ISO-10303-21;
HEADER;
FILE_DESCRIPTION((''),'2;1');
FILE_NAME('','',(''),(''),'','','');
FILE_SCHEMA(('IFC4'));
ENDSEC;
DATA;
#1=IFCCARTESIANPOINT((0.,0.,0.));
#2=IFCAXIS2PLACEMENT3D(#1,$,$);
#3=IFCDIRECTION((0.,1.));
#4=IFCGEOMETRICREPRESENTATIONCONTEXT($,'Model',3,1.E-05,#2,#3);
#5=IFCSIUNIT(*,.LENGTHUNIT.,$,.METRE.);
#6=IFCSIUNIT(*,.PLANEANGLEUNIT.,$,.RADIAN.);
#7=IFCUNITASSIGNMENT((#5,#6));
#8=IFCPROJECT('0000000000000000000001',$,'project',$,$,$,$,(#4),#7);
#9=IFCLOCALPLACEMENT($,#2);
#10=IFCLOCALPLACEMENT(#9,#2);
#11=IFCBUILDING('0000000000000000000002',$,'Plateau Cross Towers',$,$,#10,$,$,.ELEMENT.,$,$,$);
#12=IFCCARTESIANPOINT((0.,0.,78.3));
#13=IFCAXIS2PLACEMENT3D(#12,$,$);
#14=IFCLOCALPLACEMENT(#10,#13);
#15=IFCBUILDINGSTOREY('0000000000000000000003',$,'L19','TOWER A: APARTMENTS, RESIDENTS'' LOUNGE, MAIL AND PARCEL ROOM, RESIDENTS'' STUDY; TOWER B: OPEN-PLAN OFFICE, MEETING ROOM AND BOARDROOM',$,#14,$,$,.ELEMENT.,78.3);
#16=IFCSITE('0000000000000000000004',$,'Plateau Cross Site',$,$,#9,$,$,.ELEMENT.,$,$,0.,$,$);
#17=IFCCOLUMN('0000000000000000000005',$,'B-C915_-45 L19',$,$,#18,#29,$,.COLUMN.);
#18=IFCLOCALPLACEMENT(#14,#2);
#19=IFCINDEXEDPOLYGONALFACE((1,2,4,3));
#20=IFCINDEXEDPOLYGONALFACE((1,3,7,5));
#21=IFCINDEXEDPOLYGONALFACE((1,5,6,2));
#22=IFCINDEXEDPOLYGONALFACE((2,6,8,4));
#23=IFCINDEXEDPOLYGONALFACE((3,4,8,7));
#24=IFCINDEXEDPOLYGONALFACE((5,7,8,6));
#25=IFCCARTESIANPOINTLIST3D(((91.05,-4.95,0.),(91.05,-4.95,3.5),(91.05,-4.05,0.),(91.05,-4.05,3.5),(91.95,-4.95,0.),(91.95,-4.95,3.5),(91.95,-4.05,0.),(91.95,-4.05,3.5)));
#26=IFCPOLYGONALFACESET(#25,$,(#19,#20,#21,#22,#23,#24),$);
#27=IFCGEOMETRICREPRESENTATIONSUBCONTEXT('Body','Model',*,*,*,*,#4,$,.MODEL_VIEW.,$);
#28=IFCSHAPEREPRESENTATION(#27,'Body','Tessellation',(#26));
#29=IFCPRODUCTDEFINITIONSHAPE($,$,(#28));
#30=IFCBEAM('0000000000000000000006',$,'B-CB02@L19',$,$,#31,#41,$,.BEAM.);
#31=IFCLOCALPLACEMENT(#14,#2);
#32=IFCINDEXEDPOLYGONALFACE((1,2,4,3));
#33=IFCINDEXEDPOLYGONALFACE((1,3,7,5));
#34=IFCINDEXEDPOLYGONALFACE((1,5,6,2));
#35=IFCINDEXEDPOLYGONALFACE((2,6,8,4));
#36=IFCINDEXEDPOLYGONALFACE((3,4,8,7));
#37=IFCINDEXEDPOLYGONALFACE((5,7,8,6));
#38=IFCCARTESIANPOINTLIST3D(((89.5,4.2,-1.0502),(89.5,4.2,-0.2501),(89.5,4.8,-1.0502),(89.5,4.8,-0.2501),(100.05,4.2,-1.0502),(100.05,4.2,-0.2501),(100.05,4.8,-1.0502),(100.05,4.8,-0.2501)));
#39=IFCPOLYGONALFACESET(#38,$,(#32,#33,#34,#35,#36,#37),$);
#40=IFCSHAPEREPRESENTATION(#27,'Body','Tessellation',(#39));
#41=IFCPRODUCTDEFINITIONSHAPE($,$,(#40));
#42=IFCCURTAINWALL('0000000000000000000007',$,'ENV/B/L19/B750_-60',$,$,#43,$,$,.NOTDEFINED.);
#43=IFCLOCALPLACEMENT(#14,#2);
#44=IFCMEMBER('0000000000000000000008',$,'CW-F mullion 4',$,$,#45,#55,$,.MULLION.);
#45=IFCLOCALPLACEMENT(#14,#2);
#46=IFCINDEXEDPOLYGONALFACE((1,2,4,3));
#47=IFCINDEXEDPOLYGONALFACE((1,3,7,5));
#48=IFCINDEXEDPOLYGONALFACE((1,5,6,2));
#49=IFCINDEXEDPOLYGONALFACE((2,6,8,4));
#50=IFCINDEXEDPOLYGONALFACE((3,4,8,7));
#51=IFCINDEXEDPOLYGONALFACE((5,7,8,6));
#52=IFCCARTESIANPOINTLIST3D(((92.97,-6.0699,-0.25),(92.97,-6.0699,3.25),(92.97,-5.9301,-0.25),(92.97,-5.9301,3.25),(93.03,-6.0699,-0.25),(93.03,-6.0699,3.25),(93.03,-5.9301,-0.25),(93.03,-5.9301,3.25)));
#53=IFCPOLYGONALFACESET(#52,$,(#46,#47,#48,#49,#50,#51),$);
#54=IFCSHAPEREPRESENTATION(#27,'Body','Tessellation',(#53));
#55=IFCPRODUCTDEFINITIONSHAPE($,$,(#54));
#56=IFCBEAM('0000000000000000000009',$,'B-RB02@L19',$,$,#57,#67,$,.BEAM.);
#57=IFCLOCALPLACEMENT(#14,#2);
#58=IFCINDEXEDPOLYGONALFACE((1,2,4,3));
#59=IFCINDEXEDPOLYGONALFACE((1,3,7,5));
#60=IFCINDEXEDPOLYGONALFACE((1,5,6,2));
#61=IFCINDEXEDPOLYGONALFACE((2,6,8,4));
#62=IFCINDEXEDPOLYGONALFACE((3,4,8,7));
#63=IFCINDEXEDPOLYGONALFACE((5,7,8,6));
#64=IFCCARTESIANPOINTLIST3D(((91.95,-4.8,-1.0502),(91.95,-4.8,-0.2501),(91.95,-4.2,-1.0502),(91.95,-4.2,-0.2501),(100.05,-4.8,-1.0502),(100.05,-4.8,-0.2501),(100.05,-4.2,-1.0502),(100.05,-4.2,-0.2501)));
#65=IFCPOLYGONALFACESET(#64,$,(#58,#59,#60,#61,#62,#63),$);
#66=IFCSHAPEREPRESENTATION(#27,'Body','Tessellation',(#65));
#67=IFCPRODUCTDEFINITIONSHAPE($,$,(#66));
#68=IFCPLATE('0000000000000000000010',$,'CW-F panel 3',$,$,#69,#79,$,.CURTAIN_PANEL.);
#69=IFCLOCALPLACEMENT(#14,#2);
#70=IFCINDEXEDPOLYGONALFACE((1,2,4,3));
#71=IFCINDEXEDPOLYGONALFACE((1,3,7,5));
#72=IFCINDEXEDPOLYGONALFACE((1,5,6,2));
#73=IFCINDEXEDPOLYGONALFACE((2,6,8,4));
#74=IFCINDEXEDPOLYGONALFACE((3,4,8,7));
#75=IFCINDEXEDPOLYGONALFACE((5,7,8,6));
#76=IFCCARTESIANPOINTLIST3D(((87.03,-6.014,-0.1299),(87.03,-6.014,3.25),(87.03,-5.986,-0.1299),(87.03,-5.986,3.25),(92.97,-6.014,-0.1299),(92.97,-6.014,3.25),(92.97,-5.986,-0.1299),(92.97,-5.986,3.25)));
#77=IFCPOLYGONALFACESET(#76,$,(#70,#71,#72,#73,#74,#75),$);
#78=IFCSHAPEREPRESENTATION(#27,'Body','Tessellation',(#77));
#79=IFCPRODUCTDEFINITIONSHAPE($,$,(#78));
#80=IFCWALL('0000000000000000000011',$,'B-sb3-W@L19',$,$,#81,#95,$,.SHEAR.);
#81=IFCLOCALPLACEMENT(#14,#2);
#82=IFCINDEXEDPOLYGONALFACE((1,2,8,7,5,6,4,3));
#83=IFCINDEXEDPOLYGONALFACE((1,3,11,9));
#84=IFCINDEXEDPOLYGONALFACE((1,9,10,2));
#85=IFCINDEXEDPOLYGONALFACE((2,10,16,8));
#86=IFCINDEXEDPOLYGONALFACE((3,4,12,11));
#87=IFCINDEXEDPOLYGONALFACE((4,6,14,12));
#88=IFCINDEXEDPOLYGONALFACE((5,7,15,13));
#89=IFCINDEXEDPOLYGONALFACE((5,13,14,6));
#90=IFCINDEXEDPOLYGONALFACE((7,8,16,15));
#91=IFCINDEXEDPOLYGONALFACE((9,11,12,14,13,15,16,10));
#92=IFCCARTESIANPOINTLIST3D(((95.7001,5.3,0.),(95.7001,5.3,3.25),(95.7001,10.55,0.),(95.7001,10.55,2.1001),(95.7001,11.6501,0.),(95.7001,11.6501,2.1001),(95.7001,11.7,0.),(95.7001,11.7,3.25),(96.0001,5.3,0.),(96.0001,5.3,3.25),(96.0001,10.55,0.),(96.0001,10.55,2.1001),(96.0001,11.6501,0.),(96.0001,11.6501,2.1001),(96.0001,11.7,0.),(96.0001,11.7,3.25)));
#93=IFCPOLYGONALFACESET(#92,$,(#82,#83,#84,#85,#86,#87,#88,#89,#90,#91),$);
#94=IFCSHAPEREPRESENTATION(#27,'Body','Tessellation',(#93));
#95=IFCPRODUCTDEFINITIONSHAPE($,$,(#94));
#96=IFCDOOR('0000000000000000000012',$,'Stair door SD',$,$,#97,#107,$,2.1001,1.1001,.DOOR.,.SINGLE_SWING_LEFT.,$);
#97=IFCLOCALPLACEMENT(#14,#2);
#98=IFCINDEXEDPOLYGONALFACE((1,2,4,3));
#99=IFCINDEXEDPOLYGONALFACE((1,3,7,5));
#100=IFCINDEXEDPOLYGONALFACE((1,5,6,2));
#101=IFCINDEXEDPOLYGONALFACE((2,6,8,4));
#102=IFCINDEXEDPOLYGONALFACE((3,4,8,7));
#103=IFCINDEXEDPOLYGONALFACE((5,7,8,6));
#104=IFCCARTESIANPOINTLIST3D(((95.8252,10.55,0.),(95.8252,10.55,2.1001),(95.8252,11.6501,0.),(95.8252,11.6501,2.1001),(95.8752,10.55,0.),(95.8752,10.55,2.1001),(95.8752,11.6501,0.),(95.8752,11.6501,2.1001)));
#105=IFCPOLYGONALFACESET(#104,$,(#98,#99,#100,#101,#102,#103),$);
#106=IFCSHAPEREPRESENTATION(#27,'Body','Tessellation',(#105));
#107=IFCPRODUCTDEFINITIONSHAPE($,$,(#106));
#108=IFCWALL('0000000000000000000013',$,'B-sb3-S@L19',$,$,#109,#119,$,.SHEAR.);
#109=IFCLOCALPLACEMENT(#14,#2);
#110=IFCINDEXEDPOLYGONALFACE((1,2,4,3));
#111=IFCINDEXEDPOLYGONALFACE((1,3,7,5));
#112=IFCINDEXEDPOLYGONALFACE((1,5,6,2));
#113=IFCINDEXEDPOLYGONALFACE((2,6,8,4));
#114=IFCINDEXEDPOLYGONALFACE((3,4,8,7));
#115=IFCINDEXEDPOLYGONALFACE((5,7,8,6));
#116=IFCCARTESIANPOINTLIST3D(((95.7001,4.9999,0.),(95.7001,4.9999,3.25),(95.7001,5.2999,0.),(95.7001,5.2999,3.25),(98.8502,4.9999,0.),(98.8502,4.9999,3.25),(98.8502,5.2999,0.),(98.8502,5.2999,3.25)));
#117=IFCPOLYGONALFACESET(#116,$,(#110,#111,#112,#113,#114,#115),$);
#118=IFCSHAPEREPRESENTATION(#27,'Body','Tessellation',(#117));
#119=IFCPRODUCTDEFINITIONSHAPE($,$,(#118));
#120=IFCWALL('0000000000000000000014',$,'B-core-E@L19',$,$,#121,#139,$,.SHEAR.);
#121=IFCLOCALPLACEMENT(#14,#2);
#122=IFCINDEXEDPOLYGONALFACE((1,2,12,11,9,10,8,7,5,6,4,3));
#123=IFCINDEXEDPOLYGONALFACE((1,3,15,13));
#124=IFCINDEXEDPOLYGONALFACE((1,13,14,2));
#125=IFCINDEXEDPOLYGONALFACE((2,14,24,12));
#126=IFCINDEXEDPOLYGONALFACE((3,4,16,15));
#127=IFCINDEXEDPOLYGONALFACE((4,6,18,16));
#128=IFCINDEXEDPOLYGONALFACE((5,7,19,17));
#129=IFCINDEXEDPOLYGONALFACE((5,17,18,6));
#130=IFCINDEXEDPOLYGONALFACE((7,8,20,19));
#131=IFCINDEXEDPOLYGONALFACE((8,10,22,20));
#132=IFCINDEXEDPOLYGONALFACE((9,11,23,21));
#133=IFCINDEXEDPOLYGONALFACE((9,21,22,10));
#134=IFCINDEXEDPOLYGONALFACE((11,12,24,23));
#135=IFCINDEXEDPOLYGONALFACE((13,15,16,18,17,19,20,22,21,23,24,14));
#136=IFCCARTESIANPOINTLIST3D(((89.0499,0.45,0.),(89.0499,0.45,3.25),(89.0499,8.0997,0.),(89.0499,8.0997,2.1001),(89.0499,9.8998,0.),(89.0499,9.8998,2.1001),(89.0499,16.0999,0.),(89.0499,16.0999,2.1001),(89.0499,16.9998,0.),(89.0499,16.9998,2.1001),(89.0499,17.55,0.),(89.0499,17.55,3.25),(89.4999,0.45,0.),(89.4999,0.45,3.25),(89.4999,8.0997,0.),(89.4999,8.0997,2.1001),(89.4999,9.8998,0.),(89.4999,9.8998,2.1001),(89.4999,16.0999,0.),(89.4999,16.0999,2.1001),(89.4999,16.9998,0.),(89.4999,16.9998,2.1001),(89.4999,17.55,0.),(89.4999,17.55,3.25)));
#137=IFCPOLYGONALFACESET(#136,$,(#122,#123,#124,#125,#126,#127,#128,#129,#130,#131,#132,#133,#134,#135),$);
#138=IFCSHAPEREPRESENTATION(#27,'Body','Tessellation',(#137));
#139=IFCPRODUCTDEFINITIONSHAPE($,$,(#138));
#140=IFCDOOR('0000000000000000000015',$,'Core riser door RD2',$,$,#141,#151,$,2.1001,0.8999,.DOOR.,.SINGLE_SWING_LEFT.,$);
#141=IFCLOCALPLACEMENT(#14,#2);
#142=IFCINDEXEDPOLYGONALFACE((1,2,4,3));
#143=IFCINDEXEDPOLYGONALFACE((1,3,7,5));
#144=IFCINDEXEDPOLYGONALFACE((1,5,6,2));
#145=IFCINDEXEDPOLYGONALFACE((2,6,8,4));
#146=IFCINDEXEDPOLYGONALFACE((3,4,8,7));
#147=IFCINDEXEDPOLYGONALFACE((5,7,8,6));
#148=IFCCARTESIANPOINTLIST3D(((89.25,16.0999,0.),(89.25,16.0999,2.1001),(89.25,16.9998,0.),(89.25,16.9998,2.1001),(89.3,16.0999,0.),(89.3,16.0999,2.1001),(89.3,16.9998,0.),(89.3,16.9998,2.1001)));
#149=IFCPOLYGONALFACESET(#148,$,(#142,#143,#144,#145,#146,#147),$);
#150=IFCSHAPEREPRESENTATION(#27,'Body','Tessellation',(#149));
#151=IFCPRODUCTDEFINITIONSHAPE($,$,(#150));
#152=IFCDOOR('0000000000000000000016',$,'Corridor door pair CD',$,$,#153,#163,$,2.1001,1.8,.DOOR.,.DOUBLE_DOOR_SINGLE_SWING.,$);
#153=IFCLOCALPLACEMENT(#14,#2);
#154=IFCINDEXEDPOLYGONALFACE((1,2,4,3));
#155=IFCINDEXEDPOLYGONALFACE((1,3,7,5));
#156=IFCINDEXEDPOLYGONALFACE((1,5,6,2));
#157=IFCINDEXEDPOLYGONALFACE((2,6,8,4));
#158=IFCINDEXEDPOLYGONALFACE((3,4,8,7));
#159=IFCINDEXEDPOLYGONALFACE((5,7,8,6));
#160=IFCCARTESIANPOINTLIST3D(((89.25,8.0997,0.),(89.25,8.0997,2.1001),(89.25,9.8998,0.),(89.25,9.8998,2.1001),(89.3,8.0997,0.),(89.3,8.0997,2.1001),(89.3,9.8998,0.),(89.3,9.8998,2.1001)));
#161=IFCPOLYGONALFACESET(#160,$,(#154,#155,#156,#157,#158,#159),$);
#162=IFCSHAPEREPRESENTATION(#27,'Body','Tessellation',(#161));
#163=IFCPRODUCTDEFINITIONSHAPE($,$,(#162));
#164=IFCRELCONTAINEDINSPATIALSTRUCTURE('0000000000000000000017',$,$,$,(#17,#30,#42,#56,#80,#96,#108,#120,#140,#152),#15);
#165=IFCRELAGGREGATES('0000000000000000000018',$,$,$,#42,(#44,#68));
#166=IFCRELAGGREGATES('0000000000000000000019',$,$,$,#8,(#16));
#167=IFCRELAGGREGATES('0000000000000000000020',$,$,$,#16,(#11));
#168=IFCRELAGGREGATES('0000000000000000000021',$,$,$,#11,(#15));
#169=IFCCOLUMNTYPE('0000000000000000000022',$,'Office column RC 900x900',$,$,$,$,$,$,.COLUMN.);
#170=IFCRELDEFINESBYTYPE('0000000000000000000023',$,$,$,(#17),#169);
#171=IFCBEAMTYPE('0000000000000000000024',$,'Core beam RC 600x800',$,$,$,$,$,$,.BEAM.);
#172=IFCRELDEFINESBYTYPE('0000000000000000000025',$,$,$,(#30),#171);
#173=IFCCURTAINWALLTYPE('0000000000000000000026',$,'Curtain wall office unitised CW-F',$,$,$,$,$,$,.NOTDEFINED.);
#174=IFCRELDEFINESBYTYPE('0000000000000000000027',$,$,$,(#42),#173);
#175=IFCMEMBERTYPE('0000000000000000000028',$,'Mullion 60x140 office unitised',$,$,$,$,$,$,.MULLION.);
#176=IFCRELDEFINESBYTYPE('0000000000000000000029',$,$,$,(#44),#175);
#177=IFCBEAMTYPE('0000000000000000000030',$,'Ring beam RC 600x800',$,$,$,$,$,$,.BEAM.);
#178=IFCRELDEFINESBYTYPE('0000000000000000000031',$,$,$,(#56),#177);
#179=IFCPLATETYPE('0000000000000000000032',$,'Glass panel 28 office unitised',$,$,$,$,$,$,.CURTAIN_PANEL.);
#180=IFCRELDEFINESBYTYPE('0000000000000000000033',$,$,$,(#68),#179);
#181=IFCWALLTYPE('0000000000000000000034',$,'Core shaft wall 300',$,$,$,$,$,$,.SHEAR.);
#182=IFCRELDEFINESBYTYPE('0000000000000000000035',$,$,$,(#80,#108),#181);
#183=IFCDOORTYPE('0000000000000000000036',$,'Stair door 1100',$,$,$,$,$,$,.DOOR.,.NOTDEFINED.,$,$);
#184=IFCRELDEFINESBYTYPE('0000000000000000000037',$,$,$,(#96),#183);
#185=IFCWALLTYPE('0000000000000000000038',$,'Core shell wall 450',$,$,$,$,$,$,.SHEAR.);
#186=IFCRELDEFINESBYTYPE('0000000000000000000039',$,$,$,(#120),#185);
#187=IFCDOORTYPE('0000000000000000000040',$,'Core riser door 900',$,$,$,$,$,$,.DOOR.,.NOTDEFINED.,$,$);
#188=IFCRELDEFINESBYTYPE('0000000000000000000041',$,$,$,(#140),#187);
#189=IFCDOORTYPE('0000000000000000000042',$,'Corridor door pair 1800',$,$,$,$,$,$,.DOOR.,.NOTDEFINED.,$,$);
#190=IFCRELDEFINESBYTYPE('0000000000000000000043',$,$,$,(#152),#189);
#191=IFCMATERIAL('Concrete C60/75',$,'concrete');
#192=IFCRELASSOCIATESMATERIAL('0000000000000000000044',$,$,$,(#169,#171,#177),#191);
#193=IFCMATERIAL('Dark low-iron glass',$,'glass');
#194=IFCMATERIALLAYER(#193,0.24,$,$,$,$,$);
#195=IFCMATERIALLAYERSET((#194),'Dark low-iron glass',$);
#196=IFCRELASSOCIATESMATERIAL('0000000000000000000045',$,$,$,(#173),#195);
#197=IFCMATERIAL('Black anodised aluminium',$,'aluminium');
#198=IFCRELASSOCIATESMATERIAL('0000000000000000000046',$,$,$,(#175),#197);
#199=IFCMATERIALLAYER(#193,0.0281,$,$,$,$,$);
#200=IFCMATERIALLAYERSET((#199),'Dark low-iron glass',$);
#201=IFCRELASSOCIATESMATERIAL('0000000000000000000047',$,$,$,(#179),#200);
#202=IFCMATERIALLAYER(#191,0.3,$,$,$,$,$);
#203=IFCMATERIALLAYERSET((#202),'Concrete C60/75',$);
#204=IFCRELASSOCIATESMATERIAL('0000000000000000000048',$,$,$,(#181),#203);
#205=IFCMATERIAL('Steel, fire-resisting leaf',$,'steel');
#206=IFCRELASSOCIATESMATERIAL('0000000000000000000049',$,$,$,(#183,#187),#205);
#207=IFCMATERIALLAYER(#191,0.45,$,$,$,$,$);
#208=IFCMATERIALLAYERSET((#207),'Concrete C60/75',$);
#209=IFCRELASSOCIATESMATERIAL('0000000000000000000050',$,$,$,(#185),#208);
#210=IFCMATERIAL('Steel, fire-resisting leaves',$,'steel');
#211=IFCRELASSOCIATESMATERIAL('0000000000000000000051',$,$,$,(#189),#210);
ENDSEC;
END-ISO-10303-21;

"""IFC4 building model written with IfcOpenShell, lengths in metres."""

from ifc_helpers import new_model, si_unit, direction, frame, frame_2d, origin, origin_2d, place, context, subcontext, project, spatial, rectangle, extrude, material, layer, layer_set, material_profile, profile_set, type_object, element, fill, aggregate, save


model = new_model("IFC4")

# Units and contexts
model_context = context("Model", 3, precision=1e-05, world=origin(), true_north=direction((0.0, 1.0)))
body_context = subcontext(model_context, "Body", "Model", "MODEL_VIEW")
ifc_project = project(units=[si_unit("LENGTHUNIT", "METRE"), si_unit("PLANEANGLEUNIT", "RADIAN")], contexts=[model_context])

# Site, building, storey
site_placement = place(None, origin())
site = spatial("IfcSite", under=ifc_project, at=site_placement, Name="Plateau Cross Site", CompositionType="ELEMENT", RefElevation=0.0)
building_placement = place(site_placement, origin())
building = spatial("IfcBuilding", under=site, at=building_placement, Name="Plateau Cross Towers", CompositionType="ELEMENT")
storey_placement = place(building_placement, frame((0.0, 0.0, 78.3)))
storey = spatial("IfcBuildingStorey", under=building, at=storey_placement, Name="L19", Description="TOWER A: APARTMENTS, RESIDENTS' LOUNGE, MAIL AND PARCEL ROOM, RESIDENTS' STUDY; TOWER B: OPEN-PLAN OFFICE, MEETING ROOM AND BOARDROOM", CompositionType="ELEMENT", Elevation=78.3)

# Column
ifc_material_1 = material(Name="Concrete C60/75", Category="concrete")
ifc_material_profile_1 = material_profile(ifc_material_1, rectangle(XDim=0.8999, YDim=0.8999, at=origin_2d()), Name="RC 900x900")
ifc_profile_set_1 = profile_set([ifc_material_profile_1], Name="Concrete C60/75")
column_type = type_object("IfcColumnType", Name="Office column RC 900x900", PredefinedType="COLUMN", material=ifc_profile_set_1)
column_placement = place(storey_placement, frame((91.5, -4.5, 0.0), z_axis=(0.0, 0.0, 1.0), x_axis=(1.0, 0.0, 0.0)))
element("IfcColumn", 1, at=column_placement, inside=storey, type_object=column_type, Name="B-C915_-45 L19", PredefinedType="COLUMN", context=body_context, shape_type="SweptSolid", body=[
    extrude(rectangle(XDim=0.8999, YDim=0.8999, at=origin_2d()), origin(), (0.0, 0.0, 1.0), 3.5),
])

# Beam
ifc_material_profile_2 = material_profile(ifc_material_1, rectangle(XDim=0.6001, YDim=0.8, at=origin_2d()), Name="RC 600x800")
ifc_profile_set_2 = profile_set([ifc_material_profile_2], Name="Concrete C60/75")
beam_type_1 = type_object("IfcBeamType", Name="Core beam RC 600x800", PredefinedType="BEAM", material=ifc_profile_set_2)
beam_1_placement = place(storey_placement, frame((89.5, 4.5, -0.6501), z_axis=(1.0, 0.0, 0.0), x_axis=(0.0, 1.0, 0.0)))
element("IfcBeam", 2, at=beam_1_placement, inside=storey, type_object=beam_type_1, Name="B-CB02@L19", PredefinedType="BEAM", context=body_context, shape_type="SweptSolid", body=[
    extrude(rectangle(XDim=0.6001, YDim=0.8, at=origin_2d()), origin(), (0.0, 0.0, 1.0), 10.55),
])

# Curtain wall, member
ifc_material_2 = material(Name="Dark low-iron glass", Category="glass")
ifc_layer_1 = layer(ifc_material_2, 0.24)
ifc_layer_set_1 = layer_set([ifc_layer_1], Name="Dark low-iron glass")
curtain_wall_type = type_object("IfcCurtainWallType", Name="Curtain wall office unitised CW-F", PredefinedType="NOTDEFINED", material=ifc_layer_set_1)
curtain_wall_placement = place(storey_placement, origin())
curtain_wall = element("IfcCurtainWall", 3, at=curtain_wall_placement, inside=storey, type_object=curtain_wall_type, Name="ENV/B/L19/B750_-60", PredefinedType="NOTDEFINED")
ifc_material_3 = material(Name="Black anodised aluminium", Category="aluminium")
ifc_material_profile_3 = material_profile(ifc_material_3, rectangle(XDim=0.0601, YDim=0.1399, at=origin_2d()), Name="MULLION 60x140")
ifc_profile_set_3 = profile_set([ifc_material_profile_3], Name="Black anodised aluminium")
member_type = type_object("IfcMemberType", Name="Mullion 60x140 office unitised", PredefinedType="MULLION", material=ifc_profile_set_3)
member_placement = place(storey_placement, frame((93.0, -6.0, -0.25), z_axis=(0.0, 0.0, 1.0), x_axis=(1.0, 0.0, 0.0)))
member = element("IfcMember", 4, at=member_placement, type_object=member_type, Name="CW-F mullion 4", PredefinedType="MULLION", context=body_context, shape_type="SweptSolid", body=[
    extrude(rectangle(XDim=0.0601, YDim=0.1399, at=origin_2d()), origin(), (0.0, 0.0, 1.0), 3.5),
])

# Beam
ifc_material_profile_4 = material_profile(ifc_material_1, rectangle(XDim=0.6001, YDim=0.8, at=origin_2d()), Name="RC 600x800")
ifc_profile_set_4 = profile_set([ifc_material_profile_4], Name="Concrete C60/75")
beam_type_2 = type_object("IfcBeamType", Name="Ring beam RC 600x800", PredefinedType="BEAM", material=ifc_profile_set_4)
beam_2_placement = place(storey_placement, frame((91.95, -4.5, -0.6501), z_axis=(1.0, 0.0, 0.0), x_axis=(0.0, 1.0, 0.0)))
element("IfcBeam", 5, at=beam_2_placement, inside=storey, type_object=beam_type_2, Name="B-RB02@L19", PredefinedType="BEAM", context=body_context, shape_type="SweptSolid", body=[
    extrude(rectangle(XDim=0.6001, YDim=0.8, at=origin_2d()), origin(), (0.0, 0.0, 1.0), 8.1001),
])

# Plate
ifc_layer_2 = layer(ifc_material_2, 0.0281)
ifc_layer_set_2 = layer_set([ifc_layer_2], Name="Dark low-iron glass")
plate_type = type_object("IfcPlateType", Name="Glass panel 28 office unitised", PredefinedType="CURTAIN_PANEL", material=ifc_layer_set_2)
plate_placement = place(storey_placement, frame((90.0, -6.0, -0.1299), z_axis=(0.0, 0.0, 1.0), x_axis=(1.0, 0.0, 0.0)))
plate = element("IfcPlate", 6, at=plate_placement, type_object=plate_type, Name="CW-F panel 3", PredefinedType="CURTAIN_PANEL", context=body_context, shape_type="SweptSolid", body=[
    extrude(rectangle(XDim=5.9399, YDim=0.0281, at=origin_2d()), origin(), (0.0, 0.0, 1.0), 3.3799),
])
aggregate(curtain_wall, [member, plate])

# Wall, opening, door
ifc_layer_3 = layer(ifc_material_1, 0.3)
ifc_layer_set_3 = layer_set([ifc_layer_3], Name="Concrete C60/75")
wall_type_1 = type_object("IfcWallType", Name="Core shaft wall 300", PredefinedType="SHEAR", material=ifc_layer_set_3)
wall_1_placement = place(storey_placement, frame((95.8501, 5.3, 0.0), z_axis=(0.0, 0.0, 1.0), x_axis=(0.0, 1.0, 0.0)))
wall_1 = element("IfcWall", 7, at=wall_1_placement, inside=storey, type_object=wall_type_1, Name="B-sb3-W@L19", PredefinedType="SHEAR", context=body_context, shape_type="SweptSolid", body=[
    extrude(rectangle(XDim=6.3999, YDim=0.3, at=frame_2d((3.2, 0.0))), origin(), (0.0, 0.0, 1.0), 3.25),
])
opening_1_placement = place(wall_1_placement, frame((5.25, 0.0, 0.0)))
opening_1 = element("IfcOpeningElement", 8, at=opening_1_placement, cuts=wall_1, PredefinedType="OPENING", context=body_context, shape_type="SweptSolid", body=[
    extrude(rectangle(XDim=1.1001, YDim=2.1001, at=frame_2d((0.55, 1.05))), frame((0.0, 0.1599, 0.0), z_axis=(0.0, -1.0, 0.0), x_axis=(1.0, 0.0, 0.0)), (0.0, 0.0, 1.0), 0.3201),
])
ifc_material_4 = material(Name="Steel, fire-resisting leaf", Category="steel")
door_type_1 = type_object("IfcDoorType", Name="Stair door 1100", OperationType="NOTDEFINED", PredefinedType="DOOR", material=ifc_material_4)
door_1_placement = place(opening_1_placement, origin())
door_1 = element("IfcDoor", 9, at=door_1_placement, inside=storey, type_object=door_type_1, Name="Stair door SD", OperationType="SINGLE_SWING_LEFT", OverallHeight=2.1001, OverallWidth=1.1001, PredefinedType="DOOR", context=body_context, shape_type="SweptSolid", body=[
    extrude(rectangle(XDim=1.1001, YDim=2.1001, at=frame_2d((0.55, 1.05))), frame((0.0, 0.0249, 0.0), z_axis=(0.0, -1.0, 0.0), x_axis=(1.0, 0.0, 0.0)), (0.0, 0.0, 1.0), 0.05),
])
fill(opening_1, door_1)

# Wall
wall_2_placement = place(storey_placement, frame((95.7, 5.1499, 0.0), z_axis=(0.0, 0.0, 1.0), x_axis=(1.0, 0.0, 0.0)))
element("IfcWall", 10, at=wall_2_placement, inside=storey, type_object=wall_type_1, Name="B-sb3-S@L19", PredefinedType="SHEAR", context=body_context, shape_type="SweptSolid", body=[
    extrude(rectangle(XDim=3.1501, YDim=0.3, at=frame_2d((1.5752, 0.0))), origin(), (0.0, 0.0, 1.0), 3.25),
])

# Wall, openings, doors
ifc_layer_4 = layer(ifc_material_1, 0.45)
ifc_layer_set_4 = layer_set([ifc_layer_4], Name="Concrete C60/75")
wall_type_2 = type_object("IfcWallType", Name="Core shell wall 450", PredefinedType="SHEAR", material=ifc_layer_set_4)
wall_3_placement = place(storey_placement, frame((89.2749, 0.45, 0.0), z_axis=(0.0, 0.0, 1.0), x_axis=(0.0, 1.0, 0.0)))
wall_3 = element("IfcWall", 11, at=wall_3_placement, inside=storey, type_object=wall_type_2, Name="B-core-E@L19", PredefinedType="SHEAR", context=body_context, shape_type="SweptSolid", body=[
    extrude(rectangle(XDim=17.1001, YDim=0.45, at=frame_2d((8.55, 0.0))), origin(), (0.0, 0.0, 1.0), 3.25),
])
opening_2_placement = place(wall_3_placement, frame((7.6499, 0.0, 0.0)))
opening_2 = element("IfcOpeningElement", 12, at=opening_2_placement, cuts=wall_3, PredefinedType="OPENING", context=body_context, shape_type="SweptSolid", body=[
    extrude(rectangle(XDim=1.8, YDim=2.1001, at=frame_2d((0.8999, 1.05))), frame((0.0, 0.2349, 0.0), z_axis=(0.0, -1.0, 0.0), x_axis=(1.0, 0.0, 0.0)), (0.0, 0.0, 1.0), 0.47),
])
opening_3_placement = place(wall_3_placement, frame((15.6499, 0.0, 0.0)))
opening_3 = element("IfcOpeningElement", 13, at=opening_3_placement, cuts=wall_3, PredefinedType="OPENING", context=body_context, shape_type="SweptSolid", body=[
    extrude(rectangle(XDim=0.8999, YDim=2.1001, at=frame_2d((0.45, 1.05))), frame((0.0, 0.2349, 0.0), z_axis=(0.0, -1.0, 0.0), x_axis=(1.0, 0.0, 0.0)), (0.0, 0.0, 1.0), 0.47),
])
door_type_2 = type_object("IfcDoorType", Name="Core riser door 900", OperationType="NOTDEFINED", PredefinedType="DOOR", material=ifc_material_4)
door_2_placement = place(opening_3_placement, origin())
door_2 = element("IfcDoor", 14, at=door_2_placement, inside=storey, type_object=door_type_2, Name="Core riser door RD2", OperationType="SINGLE_SWING_LEFT", OverallHeight=2.1001, OverallWidth=0.8999, PredefinedType="DOOR", context=body_context, shape_type="SweptSolid", body=[
    extrude(rectangle(XDim=0.8999, YDim=2.1001, at=frame_2d((0.45, 1.05))), frame((0.0, 0.0249, 0.0), z_axis=(0.0, -1.0, 0.0), x_axis=(1.0, 0.0, 0.0)), (0.0, 0.0, 1.0), 0.05),
])
fill(opening_3, door_2)
ifc_material_5 = material(Name="Steel, fire-resisting leaves", Category="steel")
door_type_3 = type_object("IfcDoorType", Name="Corridor door pair 1800", OperationType="NOTDEFINED", PredefinedType="DOOR", material=ifc_material_5)
door_3_placement = place(opening_2_placement, origin())
door_3 = element("IfcDoor", 15, at=door_3_placement, inside=storey, type_object=door_type_3, Name="Corridor door pair CD", OperationType="DOUBLE_DOOR_SINGLE_SWING", OverallHeight=2.1001, OverallWidth=1.8, PredefinedType="DOOR", context=body_context, shape_type="SweptSolid", body=[
    extrude(rectangle(XDim=1.8, YDim=2.1001, at=frame_2d((0.8999, 1.05))), frame((0.0, 0.0249, 0.0), z_axis=(0.0, -1.0, 0.0), x_axis=(1.0, 0.0, 0.0)), (0.0, 0.0, 1.0), 0.05),
])
fill(opening_2, door_3)

save(model, "model.ifc")
